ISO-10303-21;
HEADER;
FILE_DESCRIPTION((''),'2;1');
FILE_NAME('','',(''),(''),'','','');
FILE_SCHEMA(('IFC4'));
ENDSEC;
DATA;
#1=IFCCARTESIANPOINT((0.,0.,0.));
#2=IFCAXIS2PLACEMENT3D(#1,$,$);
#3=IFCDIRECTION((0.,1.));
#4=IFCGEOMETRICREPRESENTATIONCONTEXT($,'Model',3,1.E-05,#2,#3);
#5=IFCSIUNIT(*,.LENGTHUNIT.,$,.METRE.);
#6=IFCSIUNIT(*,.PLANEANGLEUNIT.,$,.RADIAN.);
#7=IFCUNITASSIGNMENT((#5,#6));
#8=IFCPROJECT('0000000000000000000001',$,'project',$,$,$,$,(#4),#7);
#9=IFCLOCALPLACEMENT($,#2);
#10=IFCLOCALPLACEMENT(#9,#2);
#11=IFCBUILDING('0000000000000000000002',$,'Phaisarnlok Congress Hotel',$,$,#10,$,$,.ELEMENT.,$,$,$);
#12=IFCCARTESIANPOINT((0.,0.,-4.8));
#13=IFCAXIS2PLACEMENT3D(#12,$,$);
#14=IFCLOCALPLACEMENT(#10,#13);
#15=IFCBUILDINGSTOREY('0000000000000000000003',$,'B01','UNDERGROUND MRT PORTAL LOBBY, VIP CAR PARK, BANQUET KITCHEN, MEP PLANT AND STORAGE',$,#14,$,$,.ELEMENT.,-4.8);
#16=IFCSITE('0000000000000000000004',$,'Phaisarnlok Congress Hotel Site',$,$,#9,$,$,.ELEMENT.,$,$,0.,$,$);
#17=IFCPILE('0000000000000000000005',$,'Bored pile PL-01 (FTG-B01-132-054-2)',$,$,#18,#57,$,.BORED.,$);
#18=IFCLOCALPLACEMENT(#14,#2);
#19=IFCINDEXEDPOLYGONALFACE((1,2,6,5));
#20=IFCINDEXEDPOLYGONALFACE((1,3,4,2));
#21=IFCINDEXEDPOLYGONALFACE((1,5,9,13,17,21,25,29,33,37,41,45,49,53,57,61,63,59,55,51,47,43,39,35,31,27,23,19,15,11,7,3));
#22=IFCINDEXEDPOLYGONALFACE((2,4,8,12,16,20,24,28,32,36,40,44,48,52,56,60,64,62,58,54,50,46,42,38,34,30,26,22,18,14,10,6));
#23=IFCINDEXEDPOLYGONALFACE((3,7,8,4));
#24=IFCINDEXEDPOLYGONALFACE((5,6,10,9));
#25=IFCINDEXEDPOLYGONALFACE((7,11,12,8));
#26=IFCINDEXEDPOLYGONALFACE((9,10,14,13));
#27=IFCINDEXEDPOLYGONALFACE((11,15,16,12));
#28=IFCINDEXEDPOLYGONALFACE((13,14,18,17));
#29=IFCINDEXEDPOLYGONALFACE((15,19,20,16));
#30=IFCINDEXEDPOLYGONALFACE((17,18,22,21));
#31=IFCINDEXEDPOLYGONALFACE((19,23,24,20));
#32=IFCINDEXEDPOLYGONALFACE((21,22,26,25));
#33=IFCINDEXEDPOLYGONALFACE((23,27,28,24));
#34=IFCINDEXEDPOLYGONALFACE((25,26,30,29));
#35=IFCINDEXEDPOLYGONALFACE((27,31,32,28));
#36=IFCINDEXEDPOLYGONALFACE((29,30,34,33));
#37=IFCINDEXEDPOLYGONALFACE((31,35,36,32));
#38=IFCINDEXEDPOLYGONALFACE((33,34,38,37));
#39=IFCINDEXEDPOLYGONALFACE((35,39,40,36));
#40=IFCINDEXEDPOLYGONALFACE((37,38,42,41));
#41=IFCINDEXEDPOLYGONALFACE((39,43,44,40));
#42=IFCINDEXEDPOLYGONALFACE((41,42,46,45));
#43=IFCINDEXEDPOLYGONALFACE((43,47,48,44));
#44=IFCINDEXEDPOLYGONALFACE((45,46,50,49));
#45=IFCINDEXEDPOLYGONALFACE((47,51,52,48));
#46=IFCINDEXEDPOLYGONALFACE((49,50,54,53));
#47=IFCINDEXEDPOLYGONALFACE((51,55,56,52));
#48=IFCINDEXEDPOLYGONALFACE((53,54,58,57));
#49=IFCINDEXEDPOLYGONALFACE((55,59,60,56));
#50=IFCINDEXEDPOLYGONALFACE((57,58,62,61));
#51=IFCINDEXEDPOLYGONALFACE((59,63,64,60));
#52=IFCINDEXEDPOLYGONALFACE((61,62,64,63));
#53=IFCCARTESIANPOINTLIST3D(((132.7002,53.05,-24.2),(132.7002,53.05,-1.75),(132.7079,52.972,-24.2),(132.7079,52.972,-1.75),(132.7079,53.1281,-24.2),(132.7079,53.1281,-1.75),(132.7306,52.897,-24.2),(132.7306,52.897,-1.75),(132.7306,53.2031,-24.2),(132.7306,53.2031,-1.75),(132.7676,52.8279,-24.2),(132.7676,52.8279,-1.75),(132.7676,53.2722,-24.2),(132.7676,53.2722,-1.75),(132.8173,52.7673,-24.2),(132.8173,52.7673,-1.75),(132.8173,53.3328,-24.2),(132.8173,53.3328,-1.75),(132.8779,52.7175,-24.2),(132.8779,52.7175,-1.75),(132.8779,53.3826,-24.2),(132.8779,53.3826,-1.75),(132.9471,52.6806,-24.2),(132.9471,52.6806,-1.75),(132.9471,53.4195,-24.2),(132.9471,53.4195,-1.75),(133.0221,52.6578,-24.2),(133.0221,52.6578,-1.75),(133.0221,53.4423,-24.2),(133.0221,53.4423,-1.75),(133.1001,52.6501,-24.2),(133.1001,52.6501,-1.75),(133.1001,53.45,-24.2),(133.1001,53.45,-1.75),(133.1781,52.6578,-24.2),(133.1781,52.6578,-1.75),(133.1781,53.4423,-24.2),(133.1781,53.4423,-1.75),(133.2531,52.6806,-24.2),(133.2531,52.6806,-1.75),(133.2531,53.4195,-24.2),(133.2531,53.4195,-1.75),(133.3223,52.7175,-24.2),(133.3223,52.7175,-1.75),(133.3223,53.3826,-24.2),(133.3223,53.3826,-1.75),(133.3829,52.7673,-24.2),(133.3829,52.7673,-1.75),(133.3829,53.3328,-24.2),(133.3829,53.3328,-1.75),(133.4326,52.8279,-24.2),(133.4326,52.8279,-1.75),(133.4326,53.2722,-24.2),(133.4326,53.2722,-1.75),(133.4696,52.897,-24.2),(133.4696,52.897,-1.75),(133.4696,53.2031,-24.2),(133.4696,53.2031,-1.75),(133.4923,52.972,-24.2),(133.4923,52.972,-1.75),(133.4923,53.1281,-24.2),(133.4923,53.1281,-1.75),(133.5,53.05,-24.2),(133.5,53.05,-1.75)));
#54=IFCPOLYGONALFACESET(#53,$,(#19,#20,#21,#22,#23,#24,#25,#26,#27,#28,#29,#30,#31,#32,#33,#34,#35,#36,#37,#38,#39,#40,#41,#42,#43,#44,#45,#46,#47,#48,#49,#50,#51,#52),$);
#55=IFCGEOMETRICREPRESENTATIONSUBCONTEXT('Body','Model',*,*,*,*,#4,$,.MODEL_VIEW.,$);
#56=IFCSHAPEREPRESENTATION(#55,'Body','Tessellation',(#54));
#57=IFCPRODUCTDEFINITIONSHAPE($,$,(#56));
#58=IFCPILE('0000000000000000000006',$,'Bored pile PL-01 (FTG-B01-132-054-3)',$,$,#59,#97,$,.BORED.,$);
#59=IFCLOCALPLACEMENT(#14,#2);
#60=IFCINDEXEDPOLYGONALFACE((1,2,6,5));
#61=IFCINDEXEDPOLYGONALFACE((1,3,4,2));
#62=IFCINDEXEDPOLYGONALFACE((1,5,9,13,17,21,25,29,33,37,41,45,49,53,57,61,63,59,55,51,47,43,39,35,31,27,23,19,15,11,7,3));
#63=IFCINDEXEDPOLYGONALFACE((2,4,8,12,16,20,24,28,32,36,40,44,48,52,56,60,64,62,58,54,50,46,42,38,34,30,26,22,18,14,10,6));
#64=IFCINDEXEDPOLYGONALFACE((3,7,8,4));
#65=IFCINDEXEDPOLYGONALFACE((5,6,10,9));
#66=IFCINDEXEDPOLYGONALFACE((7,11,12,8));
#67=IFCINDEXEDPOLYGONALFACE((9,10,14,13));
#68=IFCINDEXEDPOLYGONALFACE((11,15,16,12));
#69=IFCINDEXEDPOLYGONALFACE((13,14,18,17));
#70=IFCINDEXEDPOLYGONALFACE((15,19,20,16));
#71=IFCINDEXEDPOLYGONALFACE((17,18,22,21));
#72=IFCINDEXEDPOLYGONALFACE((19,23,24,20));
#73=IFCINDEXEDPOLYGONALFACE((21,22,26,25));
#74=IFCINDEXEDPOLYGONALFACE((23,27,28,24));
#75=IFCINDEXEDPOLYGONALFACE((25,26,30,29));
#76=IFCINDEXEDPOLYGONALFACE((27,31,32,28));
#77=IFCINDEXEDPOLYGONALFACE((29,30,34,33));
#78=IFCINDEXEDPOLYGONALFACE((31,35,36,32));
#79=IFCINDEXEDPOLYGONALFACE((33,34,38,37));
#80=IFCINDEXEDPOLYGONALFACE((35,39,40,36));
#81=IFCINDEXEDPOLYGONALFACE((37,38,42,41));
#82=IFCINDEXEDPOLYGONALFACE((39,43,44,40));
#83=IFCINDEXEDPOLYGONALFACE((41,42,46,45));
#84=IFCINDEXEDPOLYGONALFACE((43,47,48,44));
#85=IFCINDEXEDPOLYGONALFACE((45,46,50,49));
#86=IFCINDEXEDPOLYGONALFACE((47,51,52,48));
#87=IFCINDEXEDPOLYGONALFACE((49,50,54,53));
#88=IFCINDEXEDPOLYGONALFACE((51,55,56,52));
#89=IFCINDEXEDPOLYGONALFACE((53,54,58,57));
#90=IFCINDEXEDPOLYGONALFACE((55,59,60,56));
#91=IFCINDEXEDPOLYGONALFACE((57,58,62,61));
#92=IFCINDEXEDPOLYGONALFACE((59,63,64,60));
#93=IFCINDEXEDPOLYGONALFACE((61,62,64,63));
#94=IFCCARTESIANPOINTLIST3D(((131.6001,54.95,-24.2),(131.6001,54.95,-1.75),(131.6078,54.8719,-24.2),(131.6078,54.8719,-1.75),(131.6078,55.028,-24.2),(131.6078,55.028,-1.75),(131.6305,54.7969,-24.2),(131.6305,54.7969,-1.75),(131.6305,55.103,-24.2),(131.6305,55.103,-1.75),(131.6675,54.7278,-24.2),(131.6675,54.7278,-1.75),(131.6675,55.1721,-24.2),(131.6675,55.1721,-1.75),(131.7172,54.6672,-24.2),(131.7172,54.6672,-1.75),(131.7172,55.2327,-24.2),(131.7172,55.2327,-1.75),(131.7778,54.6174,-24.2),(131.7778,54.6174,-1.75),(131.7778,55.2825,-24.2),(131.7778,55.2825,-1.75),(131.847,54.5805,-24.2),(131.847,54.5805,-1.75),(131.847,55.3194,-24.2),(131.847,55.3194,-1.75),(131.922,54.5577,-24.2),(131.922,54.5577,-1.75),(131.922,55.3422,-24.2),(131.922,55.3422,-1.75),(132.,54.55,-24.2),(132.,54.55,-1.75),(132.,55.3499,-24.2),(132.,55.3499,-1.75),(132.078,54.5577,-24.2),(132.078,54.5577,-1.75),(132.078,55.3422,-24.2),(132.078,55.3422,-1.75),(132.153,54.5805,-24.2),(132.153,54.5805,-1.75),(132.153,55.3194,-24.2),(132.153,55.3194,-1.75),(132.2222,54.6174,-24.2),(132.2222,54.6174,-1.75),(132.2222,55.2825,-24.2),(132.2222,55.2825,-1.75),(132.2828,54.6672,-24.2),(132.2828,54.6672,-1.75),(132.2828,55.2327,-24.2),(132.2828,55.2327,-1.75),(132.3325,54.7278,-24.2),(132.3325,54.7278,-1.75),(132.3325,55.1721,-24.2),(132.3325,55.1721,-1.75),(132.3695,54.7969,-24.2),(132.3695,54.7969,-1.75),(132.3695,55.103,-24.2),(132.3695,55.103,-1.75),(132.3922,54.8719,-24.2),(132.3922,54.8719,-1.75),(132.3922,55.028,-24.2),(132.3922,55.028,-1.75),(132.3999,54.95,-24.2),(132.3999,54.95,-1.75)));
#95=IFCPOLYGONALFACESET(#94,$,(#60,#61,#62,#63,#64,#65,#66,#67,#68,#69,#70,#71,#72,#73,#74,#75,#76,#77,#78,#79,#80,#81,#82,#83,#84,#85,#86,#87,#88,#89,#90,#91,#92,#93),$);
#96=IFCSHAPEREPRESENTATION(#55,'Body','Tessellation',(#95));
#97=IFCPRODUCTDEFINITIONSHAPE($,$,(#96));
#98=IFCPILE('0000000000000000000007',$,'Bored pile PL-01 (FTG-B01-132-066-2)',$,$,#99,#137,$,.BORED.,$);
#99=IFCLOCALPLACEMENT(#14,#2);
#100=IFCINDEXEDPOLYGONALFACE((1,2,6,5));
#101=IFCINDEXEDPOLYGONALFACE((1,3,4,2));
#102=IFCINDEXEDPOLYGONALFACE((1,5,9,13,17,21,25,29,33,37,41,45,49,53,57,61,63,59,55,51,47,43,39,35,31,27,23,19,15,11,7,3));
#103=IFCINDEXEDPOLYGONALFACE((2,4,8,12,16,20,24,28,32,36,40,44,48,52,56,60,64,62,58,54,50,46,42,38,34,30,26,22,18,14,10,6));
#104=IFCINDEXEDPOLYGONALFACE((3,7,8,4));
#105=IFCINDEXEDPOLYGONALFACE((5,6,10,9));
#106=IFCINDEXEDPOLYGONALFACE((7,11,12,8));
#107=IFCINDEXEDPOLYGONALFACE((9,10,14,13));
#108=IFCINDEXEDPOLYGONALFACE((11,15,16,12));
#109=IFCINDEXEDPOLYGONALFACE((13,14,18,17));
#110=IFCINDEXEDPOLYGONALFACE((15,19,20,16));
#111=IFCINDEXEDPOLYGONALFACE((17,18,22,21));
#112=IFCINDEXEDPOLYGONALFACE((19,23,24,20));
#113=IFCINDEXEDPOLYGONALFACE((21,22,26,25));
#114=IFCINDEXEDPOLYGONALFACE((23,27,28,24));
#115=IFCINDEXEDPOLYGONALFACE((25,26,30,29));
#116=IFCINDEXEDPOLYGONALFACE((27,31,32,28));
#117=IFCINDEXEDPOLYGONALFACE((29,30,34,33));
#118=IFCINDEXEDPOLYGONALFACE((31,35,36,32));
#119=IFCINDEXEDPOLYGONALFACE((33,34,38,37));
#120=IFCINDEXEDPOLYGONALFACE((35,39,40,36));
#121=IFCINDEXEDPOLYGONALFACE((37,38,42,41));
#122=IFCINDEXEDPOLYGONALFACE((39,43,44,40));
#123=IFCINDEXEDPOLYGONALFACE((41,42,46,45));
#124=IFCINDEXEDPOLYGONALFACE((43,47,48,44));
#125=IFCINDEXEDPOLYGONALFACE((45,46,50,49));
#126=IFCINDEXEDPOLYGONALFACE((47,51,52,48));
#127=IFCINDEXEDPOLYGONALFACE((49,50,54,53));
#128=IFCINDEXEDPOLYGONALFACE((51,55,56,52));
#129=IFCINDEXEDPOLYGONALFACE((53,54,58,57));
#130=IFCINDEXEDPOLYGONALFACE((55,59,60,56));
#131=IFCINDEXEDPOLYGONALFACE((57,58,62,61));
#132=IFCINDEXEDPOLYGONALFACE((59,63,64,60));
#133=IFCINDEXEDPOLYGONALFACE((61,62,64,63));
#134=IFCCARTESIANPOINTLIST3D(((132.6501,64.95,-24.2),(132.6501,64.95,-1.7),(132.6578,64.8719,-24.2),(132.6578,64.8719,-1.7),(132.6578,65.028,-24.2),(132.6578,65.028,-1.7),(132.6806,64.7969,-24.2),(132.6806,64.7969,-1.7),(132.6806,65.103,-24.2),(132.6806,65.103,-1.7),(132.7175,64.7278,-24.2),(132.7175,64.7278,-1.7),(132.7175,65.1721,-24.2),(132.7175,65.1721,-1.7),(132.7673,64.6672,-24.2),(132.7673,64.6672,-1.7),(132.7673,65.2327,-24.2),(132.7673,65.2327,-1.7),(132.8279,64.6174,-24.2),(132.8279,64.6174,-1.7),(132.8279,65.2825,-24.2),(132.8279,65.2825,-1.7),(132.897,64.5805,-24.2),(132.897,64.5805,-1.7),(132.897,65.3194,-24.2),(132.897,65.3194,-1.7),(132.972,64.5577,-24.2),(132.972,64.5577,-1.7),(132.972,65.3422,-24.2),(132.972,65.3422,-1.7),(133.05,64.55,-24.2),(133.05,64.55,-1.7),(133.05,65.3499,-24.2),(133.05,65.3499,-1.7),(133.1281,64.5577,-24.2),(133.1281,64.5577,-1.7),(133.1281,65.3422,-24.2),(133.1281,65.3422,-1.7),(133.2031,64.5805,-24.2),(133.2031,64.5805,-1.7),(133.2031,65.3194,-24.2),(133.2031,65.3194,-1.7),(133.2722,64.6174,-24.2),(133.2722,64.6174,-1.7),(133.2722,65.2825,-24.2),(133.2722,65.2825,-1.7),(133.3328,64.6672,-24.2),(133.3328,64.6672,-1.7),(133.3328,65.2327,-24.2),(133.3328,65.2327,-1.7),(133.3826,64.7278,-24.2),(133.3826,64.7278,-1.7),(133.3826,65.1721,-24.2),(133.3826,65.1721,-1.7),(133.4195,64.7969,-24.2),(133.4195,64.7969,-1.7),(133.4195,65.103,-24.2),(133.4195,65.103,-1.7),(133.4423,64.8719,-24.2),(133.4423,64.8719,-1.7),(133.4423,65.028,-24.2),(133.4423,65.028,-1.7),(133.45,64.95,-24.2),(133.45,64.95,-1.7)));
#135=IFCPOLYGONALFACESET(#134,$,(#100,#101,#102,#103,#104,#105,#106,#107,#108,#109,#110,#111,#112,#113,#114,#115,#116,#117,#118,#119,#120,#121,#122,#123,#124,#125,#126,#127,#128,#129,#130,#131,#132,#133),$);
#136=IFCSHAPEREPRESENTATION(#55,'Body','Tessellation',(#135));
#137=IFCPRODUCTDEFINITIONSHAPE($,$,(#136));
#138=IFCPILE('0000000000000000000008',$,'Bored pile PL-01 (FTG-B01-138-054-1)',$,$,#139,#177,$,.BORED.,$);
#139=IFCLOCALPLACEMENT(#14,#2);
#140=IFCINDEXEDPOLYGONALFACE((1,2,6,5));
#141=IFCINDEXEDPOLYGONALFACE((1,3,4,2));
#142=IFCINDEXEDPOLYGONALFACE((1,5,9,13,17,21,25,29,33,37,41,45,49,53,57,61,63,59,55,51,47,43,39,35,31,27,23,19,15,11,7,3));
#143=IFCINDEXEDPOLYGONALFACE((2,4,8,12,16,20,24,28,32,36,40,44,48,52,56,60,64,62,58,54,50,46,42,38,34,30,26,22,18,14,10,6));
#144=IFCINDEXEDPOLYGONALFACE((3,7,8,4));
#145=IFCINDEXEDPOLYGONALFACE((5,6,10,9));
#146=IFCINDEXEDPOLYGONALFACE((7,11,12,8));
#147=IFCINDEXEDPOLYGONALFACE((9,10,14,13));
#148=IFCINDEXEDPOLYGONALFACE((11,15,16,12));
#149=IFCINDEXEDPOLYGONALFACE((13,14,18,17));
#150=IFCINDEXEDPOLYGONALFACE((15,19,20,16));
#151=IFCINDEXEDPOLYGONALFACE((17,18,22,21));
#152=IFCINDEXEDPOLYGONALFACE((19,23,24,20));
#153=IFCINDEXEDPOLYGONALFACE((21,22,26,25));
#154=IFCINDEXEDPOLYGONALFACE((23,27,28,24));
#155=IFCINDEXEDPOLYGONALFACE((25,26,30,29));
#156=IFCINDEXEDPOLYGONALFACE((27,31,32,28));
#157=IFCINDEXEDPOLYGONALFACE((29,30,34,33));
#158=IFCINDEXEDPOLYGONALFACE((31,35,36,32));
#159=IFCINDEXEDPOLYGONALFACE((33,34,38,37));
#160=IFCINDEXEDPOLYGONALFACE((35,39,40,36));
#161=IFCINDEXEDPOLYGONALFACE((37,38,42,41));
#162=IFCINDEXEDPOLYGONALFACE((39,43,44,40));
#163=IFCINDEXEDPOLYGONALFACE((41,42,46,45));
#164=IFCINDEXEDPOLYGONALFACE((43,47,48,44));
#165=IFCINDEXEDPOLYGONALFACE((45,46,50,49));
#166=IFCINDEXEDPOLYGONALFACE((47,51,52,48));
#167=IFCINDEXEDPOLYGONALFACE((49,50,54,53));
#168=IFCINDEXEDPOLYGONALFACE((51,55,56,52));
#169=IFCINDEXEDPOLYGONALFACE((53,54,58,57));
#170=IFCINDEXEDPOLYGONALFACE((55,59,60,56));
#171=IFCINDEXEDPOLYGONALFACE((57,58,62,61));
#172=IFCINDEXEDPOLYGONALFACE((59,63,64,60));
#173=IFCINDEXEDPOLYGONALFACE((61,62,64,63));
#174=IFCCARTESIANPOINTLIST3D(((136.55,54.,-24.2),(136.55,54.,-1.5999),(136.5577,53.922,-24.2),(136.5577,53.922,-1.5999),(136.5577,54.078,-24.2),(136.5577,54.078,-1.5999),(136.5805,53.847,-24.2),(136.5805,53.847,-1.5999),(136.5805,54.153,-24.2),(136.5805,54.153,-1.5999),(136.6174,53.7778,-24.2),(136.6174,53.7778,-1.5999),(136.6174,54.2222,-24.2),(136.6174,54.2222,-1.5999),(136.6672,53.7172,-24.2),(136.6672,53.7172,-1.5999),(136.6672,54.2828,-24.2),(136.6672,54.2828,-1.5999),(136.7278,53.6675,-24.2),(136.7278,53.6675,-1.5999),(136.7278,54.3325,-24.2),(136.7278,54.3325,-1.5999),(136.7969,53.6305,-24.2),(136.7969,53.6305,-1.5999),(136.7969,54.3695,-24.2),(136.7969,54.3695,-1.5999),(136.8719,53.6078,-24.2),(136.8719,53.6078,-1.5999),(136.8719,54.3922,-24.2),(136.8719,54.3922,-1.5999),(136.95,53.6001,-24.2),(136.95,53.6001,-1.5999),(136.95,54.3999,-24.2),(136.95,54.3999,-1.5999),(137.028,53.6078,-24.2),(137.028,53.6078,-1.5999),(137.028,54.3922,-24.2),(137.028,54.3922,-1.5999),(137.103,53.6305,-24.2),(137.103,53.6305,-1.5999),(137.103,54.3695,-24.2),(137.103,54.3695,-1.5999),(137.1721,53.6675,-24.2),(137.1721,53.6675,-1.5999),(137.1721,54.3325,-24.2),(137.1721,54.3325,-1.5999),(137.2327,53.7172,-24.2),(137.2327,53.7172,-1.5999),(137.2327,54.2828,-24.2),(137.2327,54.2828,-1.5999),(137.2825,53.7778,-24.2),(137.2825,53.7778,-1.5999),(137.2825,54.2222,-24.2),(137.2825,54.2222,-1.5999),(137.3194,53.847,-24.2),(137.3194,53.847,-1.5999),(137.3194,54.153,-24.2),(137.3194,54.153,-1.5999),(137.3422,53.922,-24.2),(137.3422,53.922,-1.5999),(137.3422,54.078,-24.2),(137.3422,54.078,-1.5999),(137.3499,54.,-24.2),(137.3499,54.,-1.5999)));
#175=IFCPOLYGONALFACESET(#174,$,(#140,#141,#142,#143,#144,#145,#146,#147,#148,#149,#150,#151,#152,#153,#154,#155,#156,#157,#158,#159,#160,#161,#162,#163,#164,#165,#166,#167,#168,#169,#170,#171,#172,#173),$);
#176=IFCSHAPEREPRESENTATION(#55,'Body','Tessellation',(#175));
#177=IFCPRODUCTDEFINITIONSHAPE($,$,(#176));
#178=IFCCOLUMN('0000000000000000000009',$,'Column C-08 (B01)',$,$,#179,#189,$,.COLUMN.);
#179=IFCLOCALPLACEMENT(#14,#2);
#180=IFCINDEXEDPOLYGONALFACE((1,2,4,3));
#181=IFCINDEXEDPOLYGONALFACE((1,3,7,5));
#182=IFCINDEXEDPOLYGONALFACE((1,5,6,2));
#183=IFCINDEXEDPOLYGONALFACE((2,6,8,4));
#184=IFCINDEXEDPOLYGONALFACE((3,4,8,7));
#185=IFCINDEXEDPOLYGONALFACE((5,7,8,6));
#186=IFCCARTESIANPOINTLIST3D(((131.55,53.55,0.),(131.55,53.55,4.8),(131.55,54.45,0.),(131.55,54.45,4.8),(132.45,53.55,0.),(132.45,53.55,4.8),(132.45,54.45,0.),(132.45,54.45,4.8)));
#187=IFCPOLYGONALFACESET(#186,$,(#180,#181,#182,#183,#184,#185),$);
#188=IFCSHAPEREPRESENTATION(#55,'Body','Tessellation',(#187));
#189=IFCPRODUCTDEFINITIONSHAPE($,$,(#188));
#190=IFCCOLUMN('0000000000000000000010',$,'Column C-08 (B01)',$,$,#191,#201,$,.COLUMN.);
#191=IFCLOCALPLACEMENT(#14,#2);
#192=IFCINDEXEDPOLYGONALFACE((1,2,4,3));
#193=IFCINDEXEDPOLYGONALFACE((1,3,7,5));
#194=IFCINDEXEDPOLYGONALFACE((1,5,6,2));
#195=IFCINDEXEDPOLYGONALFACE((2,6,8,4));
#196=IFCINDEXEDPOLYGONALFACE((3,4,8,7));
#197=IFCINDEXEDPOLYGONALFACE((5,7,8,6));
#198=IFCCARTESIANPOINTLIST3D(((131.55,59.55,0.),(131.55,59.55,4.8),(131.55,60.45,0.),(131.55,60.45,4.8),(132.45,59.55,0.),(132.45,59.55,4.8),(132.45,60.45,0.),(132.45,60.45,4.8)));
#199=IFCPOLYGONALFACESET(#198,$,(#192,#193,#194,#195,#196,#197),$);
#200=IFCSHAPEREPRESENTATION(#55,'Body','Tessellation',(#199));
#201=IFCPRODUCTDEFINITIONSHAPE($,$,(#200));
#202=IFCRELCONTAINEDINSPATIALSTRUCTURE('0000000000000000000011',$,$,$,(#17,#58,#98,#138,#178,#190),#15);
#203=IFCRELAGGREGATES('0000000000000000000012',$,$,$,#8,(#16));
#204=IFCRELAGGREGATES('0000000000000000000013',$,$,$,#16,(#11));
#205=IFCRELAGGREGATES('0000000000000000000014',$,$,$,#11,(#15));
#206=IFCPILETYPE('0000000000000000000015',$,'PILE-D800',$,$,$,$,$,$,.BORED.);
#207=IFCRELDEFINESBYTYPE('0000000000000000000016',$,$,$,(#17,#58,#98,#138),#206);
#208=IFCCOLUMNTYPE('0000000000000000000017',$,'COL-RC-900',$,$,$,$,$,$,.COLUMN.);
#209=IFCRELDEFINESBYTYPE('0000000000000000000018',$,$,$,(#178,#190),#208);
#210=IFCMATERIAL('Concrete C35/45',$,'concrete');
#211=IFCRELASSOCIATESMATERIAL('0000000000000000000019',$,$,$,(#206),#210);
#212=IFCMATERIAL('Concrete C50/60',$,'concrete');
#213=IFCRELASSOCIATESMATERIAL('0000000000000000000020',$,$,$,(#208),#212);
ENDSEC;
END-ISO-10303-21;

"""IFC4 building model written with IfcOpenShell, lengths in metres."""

from ifc_helpers import new_model, si_unit, direction, frame, origin, origin_2d, place, context, subcontext, project, spatial, rectangle, circle, extrude, material, material_profile, profile_set, type_object, element, save


model = new_model("IFC4")

# Units and contexts
model_context = context("Model", 3, precision=1e-05, world=origin(), true_north=direction((0.0, 1.0)))
body_context = subcontext(model_context, "Body", "Model", "MODEL_VIEW")
ifc_project = project(units=[si_unit("LENGTHUNIT", "METRE"), si_unit("PLANEANGLEUNIT", "RADIAN")], contexts=[model_context])

# Site, building, storey
site_placement = place(None, origin())
site = spatial("IfcSite", under=ifc_project, at=site_placement, Name="Phaisarnlok Congress Hotel Site", CompositionType="ELEMENT", RefElevation=0.0)
building_placement = place(site_placement, origin())
building = spatial("IfcBuilding", under=site, at=building_placement, Name="Phaisarnlok Congress Hotel", CompositionType="ELEMENT")
storey_placement = place(building_placement, frame((0.0, 0.0, -4.8)))
storey = spatial("IfcBuildingStorey", under=building, at=storey_placement, Name="B01", Description="UNDERGROUND MRT PORTAL LOBBY, VIP CAR PARK, BANQUET KITCHEN, MEP PLANT AND STORAGE", CompositionType="ELEMENT", Elevation=-4.8)

# Piles
ifc_material_1 = material(Name="Concrete C35/45", Category="concrete")
ifc_material_profile_1 = material_profile(ifc_material_1, circle(Radius=0.3999, at=origin_2d()), Name="BORED PILE D800")
ifc_profile_set_1 = profile_set([ifc_material_profile_1], Name="Concrete C35/45")
pile_type_1 = type_object("IfcPileType", Name="PILE-D800", PredefinedType="BORED", material=ifc_profile_set_1)
for number, where, z_axis, x_axis, name in (
    (1, (133.1001, 53.05, -1.75), (0.0, 0.0, -1.0), (1.0, 0.0, 0.0), "Bored pile PL-01 (FTG-B01-132-054-2)"),
    (2, (132.0, 54.95, -1.75), (0.0, 0.0, -1.0), (1.0, 0.0, 0.0), "Bored pile PL-01 (FTG-B01-132-054-3)"),
):
    element("IfcPile", number, at=place(storey_placement, frame(where, z_axis=z_axis, x_axis=x_axis)), inside=storey, type_object=pile_type_1, Name=name, PredefinedType="BORED", context=body_context, shape_type="SweptSolid", body=[
        extrude(circle(Radius=0.3999, at=origin_2d()), origin(), (0.0, 0.0, 1.0), 22.45),
    ])
pile_1_placement = place(storey_placement, frame((133.05, 64.95, -1.7), z_axis=(0.0, 0.0, -1.0), x_axis=(1.0, 0.0, 0.0)))
element("IfcPile", 3, at=pile_1_placement, inside=storey, type_object=pile_type_1, Name="Bored pile PL-01 (FTG-B01-132-066-2)", PredefinedType="BORED", context=body_context, shape_type="SweptSolid", body=[
    extrude(circle(Radius=0.3999, at=origin_2d()), origin(), (0.0, 0.0, 1.0), 22.5),
])
pile_2_placement = place(storey_placement, frame((136.95, 54.0, -1.5999), z_axis=(0.0, 0.0, -1.0), x_axis=(1.0, 0.0, 0.0)))
element("IfcPile", 4, at=pile_2_placement, inside=storey, type_object=pile_type_1, Name="Bored pile PL-01 (FTG-B01-138-054-1)", PredefinedType="BORED", context=body_context, shape_type="SweptSolid", body=[
    extrude(circle(Radius=0.3999, at=origin_2d()), origin(), (0.0, 0.0, 1.0), 22.6001),
])

# Columns
ifc_material_2 = material(Name="Concrete C50/60", Category="concrete")
ifc_material_profile_2 = material_profile(ifc_material_2, rectangle(XDim=0.8999, YDim=0.8999, at=origin_2d()), Name="RC 900x900")
ifc_profile_set_2 = profile_set([ifc_material_profile_2], Name="Concrete C50/60")
column_type = type_object("IfcColumnType", Name="COL-RC-900", PredefinedType="COLUMN", material=ifc_profile_set_2)
for number, where, z_axis, x_axis, name in (
    (5, (132.0, 54.0, 0.0), (0.0, 0.0, 1.0), (1.0, 0.0, 0.0), "Column C-08 (B01)"),
    (6, (132.0, 60.0, 0.0), (0.0, 0.0, 1.0), (1.0, 0.0, 0.0), "Column C-08 (B01)"),
):
    element("IfcColumn", number, at=place(storey_placement, frame(where, z_axis=z_axis, x_axis=x_axis)), inside=storey, type_object=column_type, Name=name, PredefinedType="COLUMN", context=body_context, shape_type="SweptSolid", body=[
        extrude(rectangle(XDim=0.8999, YDim=0.8999, at=origin_2d()), origin(), (0.0, 0.0, 1.0), 4.8),
    ])

save(model, "model.ifc")
